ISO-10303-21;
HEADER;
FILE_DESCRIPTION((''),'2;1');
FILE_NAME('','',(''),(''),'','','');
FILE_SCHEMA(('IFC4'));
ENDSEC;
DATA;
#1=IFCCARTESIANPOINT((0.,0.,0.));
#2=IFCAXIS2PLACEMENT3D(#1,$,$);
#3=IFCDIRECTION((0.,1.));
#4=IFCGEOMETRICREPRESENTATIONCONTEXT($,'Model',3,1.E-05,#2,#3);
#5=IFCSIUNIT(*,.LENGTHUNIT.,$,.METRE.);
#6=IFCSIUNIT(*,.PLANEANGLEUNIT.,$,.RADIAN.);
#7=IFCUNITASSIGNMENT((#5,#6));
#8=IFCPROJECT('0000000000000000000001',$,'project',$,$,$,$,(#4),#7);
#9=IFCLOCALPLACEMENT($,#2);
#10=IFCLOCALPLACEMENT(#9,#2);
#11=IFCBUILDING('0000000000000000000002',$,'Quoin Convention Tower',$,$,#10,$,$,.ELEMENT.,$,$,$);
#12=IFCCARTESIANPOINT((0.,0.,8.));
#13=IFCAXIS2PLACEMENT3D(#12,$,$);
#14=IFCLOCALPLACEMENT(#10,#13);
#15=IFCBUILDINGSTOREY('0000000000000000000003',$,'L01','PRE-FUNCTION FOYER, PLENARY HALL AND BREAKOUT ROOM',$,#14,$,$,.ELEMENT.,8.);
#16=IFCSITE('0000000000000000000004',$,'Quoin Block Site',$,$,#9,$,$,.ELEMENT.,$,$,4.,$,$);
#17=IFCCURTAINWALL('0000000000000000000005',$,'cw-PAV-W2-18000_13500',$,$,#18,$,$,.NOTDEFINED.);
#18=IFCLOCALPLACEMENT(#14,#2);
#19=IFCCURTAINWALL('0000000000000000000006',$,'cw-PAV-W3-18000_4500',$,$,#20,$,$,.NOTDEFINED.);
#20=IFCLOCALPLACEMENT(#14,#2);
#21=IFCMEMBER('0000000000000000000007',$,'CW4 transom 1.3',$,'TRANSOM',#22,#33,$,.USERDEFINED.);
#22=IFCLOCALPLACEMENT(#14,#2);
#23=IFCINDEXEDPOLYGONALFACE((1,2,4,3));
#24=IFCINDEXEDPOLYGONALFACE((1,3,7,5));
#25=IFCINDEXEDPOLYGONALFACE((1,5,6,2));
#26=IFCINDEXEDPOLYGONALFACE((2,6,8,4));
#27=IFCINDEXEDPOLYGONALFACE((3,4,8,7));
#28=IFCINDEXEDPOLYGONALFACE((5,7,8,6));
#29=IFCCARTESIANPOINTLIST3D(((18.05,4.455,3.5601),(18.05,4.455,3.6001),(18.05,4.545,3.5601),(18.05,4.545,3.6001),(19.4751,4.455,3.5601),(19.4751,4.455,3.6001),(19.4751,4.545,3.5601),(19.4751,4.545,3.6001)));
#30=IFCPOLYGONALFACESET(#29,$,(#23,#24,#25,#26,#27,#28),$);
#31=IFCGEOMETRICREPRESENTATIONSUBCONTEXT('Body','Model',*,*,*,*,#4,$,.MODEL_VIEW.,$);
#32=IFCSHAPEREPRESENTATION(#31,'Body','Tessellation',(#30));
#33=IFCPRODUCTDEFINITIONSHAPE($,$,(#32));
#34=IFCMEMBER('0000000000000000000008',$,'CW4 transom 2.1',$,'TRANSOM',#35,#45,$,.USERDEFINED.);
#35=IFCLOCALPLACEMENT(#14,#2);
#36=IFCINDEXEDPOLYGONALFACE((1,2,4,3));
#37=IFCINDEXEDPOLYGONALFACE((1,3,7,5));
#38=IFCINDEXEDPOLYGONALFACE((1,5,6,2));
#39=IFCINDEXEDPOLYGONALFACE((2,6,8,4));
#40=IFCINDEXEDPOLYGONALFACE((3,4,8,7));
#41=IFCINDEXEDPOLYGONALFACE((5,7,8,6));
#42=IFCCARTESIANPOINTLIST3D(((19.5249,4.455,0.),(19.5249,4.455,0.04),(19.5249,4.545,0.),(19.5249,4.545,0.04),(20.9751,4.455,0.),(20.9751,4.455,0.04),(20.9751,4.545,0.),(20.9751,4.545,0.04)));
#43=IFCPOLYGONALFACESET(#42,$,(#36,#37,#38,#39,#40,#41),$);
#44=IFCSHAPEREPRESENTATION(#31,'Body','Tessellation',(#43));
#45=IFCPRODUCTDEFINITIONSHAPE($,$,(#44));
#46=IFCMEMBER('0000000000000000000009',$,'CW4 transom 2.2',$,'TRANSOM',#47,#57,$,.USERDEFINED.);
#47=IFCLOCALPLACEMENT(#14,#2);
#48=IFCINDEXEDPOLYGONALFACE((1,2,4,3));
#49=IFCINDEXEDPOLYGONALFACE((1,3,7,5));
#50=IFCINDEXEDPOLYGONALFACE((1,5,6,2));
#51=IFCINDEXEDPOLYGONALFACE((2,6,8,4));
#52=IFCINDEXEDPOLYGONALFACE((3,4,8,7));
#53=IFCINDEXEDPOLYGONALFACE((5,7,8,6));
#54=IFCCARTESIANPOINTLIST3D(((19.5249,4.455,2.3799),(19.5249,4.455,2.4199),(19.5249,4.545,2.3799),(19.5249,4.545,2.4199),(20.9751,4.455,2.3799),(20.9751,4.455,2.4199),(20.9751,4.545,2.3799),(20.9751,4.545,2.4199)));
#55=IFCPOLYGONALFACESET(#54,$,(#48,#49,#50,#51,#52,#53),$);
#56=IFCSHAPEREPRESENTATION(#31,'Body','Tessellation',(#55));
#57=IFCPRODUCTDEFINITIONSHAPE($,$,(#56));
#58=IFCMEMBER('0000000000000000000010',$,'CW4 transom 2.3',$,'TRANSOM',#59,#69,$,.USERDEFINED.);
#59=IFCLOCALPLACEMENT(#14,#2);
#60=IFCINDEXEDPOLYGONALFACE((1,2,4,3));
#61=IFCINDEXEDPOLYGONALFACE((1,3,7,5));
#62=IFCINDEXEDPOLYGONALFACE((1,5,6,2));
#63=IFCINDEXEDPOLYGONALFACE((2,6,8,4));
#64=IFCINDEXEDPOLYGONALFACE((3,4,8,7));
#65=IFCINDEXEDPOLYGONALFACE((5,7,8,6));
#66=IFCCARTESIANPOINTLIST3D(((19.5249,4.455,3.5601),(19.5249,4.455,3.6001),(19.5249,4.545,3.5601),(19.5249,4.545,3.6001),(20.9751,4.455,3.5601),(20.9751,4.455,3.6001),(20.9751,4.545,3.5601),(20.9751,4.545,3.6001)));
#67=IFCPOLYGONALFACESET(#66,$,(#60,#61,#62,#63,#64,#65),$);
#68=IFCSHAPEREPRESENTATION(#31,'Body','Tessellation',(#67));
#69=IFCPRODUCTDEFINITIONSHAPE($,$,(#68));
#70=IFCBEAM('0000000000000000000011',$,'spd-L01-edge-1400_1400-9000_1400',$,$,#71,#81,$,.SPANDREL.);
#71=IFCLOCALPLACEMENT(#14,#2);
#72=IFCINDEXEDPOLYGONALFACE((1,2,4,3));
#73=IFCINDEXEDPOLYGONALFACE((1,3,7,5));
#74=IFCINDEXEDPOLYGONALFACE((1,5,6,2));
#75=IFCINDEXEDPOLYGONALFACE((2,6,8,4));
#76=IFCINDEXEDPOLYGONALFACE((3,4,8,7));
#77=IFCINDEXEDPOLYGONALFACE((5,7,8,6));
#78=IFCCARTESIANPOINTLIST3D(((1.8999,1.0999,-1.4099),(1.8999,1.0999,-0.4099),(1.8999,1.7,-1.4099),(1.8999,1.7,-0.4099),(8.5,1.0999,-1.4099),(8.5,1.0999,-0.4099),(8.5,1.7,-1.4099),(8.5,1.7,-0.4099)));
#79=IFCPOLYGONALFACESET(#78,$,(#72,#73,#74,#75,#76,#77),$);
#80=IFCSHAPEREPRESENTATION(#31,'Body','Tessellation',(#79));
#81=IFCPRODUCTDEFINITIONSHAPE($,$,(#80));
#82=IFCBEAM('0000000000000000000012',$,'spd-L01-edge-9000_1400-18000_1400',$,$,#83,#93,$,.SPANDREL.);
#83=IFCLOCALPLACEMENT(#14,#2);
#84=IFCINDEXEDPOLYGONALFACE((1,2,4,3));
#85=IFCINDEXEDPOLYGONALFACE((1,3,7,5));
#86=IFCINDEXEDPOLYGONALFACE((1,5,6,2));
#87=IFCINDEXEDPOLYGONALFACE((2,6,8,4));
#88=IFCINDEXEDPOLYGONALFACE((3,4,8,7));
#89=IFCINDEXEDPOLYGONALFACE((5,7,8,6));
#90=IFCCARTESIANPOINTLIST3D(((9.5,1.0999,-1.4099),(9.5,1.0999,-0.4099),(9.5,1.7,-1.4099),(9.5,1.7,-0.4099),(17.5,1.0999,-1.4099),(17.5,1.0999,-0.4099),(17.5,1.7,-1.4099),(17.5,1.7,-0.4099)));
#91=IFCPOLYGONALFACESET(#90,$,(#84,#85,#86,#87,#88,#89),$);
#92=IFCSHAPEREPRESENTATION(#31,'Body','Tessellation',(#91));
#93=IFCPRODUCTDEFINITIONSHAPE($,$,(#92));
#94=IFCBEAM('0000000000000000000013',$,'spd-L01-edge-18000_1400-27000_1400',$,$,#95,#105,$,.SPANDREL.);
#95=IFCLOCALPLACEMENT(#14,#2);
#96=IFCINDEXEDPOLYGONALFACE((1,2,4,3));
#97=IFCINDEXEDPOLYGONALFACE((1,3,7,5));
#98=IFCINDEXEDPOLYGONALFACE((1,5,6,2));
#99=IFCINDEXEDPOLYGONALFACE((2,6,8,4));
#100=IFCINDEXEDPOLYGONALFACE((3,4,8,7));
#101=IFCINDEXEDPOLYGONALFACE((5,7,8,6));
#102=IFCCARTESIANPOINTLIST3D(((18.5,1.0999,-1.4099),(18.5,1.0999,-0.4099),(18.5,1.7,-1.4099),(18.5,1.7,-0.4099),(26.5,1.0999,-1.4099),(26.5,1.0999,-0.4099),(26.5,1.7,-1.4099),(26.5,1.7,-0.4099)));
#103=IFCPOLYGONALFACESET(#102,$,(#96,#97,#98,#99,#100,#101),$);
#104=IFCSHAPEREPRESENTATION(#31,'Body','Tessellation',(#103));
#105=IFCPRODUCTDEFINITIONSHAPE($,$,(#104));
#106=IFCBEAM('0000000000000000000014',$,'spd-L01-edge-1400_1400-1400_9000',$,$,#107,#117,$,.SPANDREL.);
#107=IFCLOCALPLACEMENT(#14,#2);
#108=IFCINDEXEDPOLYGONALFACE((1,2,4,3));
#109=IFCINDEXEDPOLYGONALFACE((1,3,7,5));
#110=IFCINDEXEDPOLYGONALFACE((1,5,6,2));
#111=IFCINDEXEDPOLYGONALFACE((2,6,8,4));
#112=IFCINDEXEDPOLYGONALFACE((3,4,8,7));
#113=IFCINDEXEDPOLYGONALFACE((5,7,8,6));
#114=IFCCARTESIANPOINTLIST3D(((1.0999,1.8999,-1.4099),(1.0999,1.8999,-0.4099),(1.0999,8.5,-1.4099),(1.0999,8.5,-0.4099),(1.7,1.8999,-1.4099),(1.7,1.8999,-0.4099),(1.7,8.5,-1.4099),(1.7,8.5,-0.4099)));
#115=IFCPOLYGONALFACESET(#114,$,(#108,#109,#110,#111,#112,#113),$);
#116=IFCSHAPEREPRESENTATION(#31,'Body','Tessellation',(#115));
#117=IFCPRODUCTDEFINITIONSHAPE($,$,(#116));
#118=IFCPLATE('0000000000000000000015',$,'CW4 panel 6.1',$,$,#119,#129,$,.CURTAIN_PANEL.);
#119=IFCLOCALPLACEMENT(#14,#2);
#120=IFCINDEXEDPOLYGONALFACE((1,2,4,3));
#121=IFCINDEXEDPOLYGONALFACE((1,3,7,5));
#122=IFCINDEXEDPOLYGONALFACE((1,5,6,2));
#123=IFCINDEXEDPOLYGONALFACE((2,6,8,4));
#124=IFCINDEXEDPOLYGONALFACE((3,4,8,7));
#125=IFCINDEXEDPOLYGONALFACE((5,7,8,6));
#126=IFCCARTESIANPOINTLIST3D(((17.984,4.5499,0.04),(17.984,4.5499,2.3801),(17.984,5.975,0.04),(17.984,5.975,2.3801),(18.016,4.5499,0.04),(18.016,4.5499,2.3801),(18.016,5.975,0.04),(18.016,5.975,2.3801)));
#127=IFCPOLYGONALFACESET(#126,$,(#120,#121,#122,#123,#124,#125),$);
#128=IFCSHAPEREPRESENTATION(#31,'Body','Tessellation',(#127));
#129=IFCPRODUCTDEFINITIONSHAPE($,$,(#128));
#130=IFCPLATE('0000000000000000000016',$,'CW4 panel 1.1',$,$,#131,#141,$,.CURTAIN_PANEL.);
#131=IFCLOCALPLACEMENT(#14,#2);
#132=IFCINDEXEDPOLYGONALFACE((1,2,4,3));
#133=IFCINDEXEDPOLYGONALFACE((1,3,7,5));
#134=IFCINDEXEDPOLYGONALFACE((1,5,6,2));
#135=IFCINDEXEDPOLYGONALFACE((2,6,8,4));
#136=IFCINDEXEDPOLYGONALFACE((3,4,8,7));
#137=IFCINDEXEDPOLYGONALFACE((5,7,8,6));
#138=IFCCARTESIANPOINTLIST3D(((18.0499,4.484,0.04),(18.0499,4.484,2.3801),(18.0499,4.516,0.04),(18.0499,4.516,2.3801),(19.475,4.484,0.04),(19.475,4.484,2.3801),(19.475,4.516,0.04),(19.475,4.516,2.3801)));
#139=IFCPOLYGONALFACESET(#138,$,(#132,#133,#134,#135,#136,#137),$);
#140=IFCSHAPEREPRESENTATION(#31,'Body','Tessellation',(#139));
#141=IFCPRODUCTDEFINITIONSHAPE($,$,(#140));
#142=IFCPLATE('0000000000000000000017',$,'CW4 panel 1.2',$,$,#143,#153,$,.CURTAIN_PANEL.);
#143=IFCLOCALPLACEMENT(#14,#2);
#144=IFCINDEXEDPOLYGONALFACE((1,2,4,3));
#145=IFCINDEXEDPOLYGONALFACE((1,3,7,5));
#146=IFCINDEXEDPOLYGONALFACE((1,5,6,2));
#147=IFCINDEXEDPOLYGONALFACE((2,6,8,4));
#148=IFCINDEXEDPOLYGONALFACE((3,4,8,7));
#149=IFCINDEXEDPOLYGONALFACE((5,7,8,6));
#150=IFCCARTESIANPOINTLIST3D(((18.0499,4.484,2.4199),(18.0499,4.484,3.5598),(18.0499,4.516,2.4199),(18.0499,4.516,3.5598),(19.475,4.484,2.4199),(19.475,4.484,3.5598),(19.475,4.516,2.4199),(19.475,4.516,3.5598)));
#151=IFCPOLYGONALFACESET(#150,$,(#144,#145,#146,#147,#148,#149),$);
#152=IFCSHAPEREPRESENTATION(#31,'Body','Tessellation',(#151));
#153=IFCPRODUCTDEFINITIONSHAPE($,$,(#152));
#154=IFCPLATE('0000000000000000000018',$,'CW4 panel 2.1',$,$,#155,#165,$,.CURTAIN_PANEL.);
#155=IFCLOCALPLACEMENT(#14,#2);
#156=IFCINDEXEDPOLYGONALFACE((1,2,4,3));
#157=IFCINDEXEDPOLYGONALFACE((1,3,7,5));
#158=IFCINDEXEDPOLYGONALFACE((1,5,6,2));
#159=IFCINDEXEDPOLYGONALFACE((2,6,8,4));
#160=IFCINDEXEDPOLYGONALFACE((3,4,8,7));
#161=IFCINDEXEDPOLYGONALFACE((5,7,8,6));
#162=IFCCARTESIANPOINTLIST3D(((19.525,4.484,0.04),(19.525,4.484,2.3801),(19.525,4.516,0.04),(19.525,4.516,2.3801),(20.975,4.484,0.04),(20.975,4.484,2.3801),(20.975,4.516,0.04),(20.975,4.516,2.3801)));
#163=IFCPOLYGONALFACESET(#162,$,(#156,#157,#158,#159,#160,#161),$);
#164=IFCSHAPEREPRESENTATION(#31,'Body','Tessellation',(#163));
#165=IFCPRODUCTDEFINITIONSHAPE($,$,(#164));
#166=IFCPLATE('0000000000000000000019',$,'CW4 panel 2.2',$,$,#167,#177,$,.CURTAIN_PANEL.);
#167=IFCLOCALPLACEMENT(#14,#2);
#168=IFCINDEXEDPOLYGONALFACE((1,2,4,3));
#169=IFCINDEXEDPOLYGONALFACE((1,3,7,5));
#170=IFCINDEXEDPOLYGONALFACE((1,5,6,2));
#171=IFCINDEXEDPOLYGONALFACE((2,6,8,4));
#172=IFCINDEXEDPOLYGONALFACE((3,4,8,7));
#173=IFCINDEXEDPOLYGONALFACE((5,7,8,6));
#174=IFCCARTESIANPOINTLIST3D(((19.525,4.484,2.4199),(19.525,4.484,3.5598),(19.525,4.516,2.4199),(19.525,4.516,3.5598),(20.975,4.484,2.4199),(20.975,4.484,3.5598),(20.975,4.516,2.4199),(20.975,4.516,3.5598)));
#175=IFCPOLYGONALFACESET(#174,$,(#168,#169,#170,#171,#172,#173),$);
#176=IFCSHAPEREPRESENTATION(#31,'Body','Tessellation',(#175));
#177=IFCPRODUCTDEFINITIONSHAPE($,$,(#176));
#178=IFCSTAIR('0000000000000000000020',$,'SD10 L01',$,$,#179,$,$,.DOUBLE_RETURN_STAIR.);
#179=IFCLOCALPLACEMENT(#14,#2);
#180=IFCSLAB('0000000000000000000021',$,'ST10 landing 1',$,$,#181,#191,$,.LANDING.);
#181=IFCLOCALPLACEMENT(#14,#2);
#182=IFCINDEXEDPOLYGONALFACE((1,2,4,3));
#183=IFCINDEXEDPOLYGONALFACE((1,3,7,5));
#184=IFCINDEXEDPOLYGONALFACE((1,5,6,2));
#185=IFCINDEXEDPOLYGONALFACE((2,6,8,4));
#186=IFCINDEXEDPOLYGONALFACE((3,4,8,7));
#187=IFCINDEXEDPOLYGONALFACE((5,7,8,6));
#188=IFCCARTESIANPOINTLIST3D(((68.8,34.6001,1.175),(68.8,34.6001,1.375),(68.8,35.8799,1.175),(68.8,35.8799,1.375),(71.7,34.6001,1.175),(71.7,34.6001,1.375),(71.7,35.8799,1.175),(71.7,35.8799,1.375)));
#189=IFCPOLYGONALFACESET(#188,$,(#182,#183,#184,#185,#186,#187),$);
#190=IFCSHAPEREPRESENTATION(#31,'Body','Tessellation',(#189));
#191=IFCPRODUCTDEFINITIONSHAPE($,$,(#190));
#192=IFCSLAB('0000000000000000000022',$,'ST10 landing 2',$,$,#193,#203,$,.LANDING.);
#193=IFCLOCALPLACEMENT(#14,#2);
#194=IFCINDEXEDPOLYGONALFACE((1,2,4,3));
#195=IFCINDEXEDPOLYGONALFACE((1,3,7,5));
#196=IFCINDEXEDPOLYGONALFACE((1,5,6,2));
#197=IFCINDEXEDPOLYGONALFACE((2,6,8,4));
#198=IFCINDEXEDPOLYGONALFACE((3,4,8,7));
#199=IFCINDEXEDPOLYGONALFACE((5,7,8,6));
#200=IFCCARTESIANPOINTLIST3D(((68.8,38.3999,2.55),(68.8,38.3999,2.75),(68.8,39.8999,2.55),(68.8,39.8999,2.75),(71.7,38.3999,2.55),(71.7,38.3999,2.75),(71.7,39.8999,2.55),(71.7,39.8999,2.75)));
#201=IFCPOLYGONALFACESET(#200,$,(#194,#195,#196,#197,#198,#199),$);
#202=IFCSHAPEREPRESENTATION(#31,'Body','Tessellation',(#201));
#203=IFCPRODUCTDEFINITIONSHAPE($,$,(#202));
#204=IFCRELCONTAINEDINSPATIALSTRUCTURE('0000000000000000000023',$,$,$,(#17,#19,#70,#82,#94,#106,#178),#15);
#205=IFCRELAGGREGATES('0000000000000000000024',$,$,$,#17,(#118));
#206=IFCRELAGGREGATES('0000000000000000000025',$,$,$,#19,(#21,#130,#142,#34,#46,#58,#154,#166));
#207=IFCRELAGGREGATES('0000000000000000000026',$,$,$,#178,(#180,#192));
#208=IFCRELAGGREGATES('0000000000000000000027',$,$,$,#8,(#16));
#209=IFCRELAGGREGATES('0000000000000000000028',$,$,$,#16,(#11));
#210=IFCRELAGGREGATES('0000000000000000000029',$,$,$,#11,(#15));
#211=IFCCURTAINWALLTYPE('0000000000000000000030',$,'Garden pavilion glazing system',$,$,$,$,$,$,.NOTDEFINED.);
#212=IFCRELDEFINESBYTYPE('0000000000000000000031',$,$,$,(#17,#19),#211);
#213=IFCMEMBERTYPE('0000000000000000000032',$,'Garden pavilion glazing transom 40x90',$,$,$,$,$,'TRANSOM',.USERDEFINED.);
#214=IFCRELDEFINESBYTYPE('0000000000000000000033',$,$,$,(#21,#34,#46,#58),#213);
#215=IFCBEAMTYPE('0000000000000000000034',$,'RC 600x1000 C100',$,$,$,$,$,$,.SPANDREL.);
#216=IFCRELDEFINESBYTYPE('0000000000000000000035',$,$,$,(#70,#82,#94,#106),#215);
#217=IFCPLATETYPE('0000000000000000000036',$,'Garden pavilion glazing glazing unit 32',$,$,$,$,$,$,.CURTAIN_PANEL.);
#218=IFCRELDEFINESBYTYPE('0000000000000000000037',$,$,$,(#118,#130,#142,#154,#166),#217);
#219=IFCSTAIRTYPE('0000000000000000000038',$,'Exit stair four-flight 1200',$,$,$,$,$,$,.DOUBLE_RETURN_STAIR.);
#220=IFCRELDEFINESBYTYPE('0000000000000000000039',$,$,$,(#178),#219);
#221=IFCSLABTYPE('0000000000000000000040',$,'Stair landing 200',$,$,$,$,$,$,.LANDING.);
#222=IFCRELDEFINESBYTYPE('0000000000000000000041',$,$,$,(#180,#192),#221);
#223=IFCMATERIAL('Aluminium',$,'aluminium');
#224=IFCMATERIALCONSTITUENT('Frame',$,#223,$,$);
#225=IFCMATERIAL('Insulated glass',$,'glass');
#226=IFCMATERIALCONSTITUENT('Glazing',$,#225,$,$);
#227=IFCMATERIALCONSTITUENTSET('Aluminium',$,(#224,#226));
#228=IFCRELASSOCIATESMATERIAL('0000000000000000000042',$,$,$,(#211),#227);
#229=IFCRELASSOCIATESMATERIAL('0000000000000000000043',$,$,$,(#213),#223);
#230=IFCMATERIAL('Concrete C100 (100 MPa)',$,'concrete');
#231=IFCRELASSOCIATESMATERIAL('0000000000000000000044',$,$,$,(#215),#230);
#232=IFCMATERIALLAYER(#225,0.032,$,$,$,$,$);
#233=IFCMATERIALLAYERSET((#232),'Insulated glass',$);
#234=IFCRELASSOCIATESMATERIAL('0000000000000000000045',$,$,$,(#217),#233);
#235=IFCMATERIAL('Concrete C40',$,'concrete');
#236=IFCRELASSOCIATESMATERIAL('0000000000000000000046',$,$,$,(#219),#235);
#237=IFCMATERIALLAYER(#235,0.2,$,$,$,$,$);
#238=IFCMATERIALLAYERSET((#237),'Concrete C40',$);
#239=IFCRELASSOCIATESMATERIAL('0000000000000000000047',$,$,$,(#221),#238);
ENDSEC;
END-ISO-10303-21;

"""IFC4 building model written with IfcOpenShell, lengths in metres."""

from ifc_helpers import new_model, si_unit, direction, frame, origin, origin_2d, place, context, subcontext, project, spatial, polyline, rectangle, outline, extrude, material, layer, layer_set, constituent, constituent_set, material_profile, profile_set, type_object, element, aggregate, save


model = new_model("IFC4")

# Units and contexts
model_context = context("Model", 3, precision=1e-05, world=origin(), true_north=direction((0.0, 1.0)))
body_context = subcontext(model_context, "Body", "Model", "MODEL_VIEW")
ifc_project = project(units=[si_unit("LENGTHUNIT", "METRE"), si_unit("PLANEANGLEUNIT", "RADIAN")], contexts=[model_context])

# Site, building, storey
site_placement = place(None, origin())
site = spatial("IfcSite", under=ifc_project, at=site_placement, Name="Quoin Block Site", CompositionType="ELEMENT", RefElevation=4.0)
building_placement = place(site_placement, origin())
building = spatial("IfcBuilding", under=site, at=building_placement, Name="Quoin Convention Tower", CompositionType="ELEMENT")
storey_placement = place(building_placement, frame((0.0, 0.0, 8.0)))
storey = spatial("IfcBuildingStorey", under=building, at=storey_placement, Name="L01", Description="PRE-FUNCTION FOYER, PLENARY HALL AND BREAKOUT ROOM", CompositionType="ELEMENT", Elevation=8.0)

# Curtain wall
ifc_material_1 = material(Name="Aluminium", Category="aluminium")
ifc_constituent_1 = constituent(ifc_material_1, Name="Frame")
ifc_material_2 = material(Name="Insulated glass", Category="glass")
ifc_constituent_2 = constituent(ifc_material_2, Name="Glazing")
ifc_constituent_set = constituent_set(constituents=[ifc_constituent_1, ifc_constituent_2], Name="Aluminium")
curtain_wall_type = type_object("IfcCurtainWallType", Name="Garden pavilion glazing system", PredefinedType="NOTDEFINED", material=ifc_constituent_set)
curtain_wall_1_placement = place(storey_placement, origin())
curtain_wall_1 = element("IfcCurtainWall", 1, at=curtain_wall_1_placement, inside=storey, type_object=curtain_wall_type, Name="cw-PAV-W2-18000_13500", PredefinedType="NOTDEFINED")

# Curtain wall, members
curtain_wall_2_placement = place(storey_placement, origin())
curtain_wall_2 = element("IfcCurtainWall", 2, at=curtain_wall_2_placement, inside=storey, type_object=curtain_wall_type, Name="cw-PAV-W3-18000_4500", PredefinedType="NOTDEFINED")
ifc_material_profile_1 = material_profile(ifc_material_1, rectangle(XDim=0.0901, YDim=0.04, at=origin_2d()), Name="Garden pavilion glazing transom 40x90")
ifc_profile_set_1 = profile_set([ifc_material_profile_1], Name="Aluminium")
member_type_1 = type_object("IfcMemberType", Name="Garden pavilion glazing transom 40x90", ElementType="TRANSOM", PredefinedType="USERDEFINED", material=ifc_profile_set_1)
member_1_placement = place(storey_placement, frame((18.05, 4.5, 3.5801), z_axis=(1.0, 0.0, 0.0), x_axis=(0.0, 1.0, 0.0)))
member_1 = element("IfcMember", 3, at=member_1_placement, type_object=member_type_1, Name="CW4 transom 1.3", ObjectType="TRANSOM", PredefinedType="USERDEFINED", context=body_context, shape_type="SweptSolid", body=[
    extrude(rectangle(XDim=0.0901, YDim=0.04, at=origin_2d()), origin(), (0.0, 0.0, 1.0), 1.425),
])
member_2_placement = place(storey_placement, frame((19.5249, 4.5, 0.02), z_axis=(1.0, 0.0, 0.0), x_axis=(0.0, 1.0, 0.0)))
member_2 = element("IfcMember", 4, at=member_2_placement, type_object=member_type_1, Name="CW4 transom 2.1", ObjectType="TRANSOM", PredefinedType="USERDEFINED", context=body_context, shape_type="SweptSolid", body=[
    extrude(rectangle(XDim=0.0901, YDim=0.04, at=origin_2d()), origin(), (0.0, 0.0, 1.0), 1.4502),
])
member_3_placement = place(storey_placement, frame((19.5249, 4.5, 2.3999), z_axis=(1.0, 0.0, 0.0), x_axis=(0.0, 1.0, 0.0)))
member_3 = element("IfcMember", 5, at=member_3_placement, type_object=member_type_1, Name="CW4 transom 2.2", ObjectType="TRANSOM", PredefinedType="USERDEFINED", context=body_context, shape_type="SweptSolid", body=[
    extrude(rectangle(XDim=0.0901, YDim=0.04, at=origin_2d()), origin(), (0.0, 0.0, 1.0), 1.4502),
])
member_4_placement = place(storey_placement, frame((19.5249, 4.5, 3.5801), z_axis=(1.0, 0.0, 0.0), x_axis=(0.0, 1.0, 0.0)))
member_4 = element("IfcMember", 6, at=member_4_placement, type_object=member_type_1, Name="CW4 transom 2.3", ObjectType="TRANSOM", PredefinedType="USERDEFINED", context=body_context, shape_type="SweptSolid", body=[
    extrude(rectangle(XDim=0.0901, YDim=0.04, at=origin_2d()), origin(), (0.0, 0.0, 1.0), 1.4502),
])

# Beams
ifc_material_3 = material(Name="Concrete C100 (100 MPa)", Category="concrete")
ifc_material_profile_2 = material_profile(ifc_material_3, rectangle(XDim=0.6001, YDim=1.0, at=origin_2d()), Name="RC 600x1000")
ifc_profile_set_2 = profile_set([ifc_material_profile_2], Name="Concrete C100 (100 MPa)")
beam_type_1 = type_object("IfcBeamType", Name="RC 600x1000 C100", PredefinedType="SPANDREL", material=ifc_profile_set_2)
beam_1_placement = place(storey_placement, frame((1.8999, 1.3999, -0.9099), z_axis=(1.0, 0.0, 0.0), x_axis=(0.0, 1.0, 0.0)))
element("IfcBeam", 7, at=beam_1_placement, inside=storey, type_object=beam_type_1, Name="spd-L01-edge-1400_1400-9000_1400", PredefinedType="SPANDREL", context=body_context, shape_type="SweptSolid", body=[
    extrude(rectangle(XDim=0.6001, YDim=1.0, at=origin_2d()), origin(), (0.0, 0.0, 1.0), 6.6001),
])
for number, where, z_axis, x_axis, name in (
    (8, (9.5, 1.3999, -0.9099), (1.0, 0.0, 0.0), (0.0, 1.0, 0.0), "spd-L01-edge-9000_1400-18000_1400"),
    (9, (18.5, 1.3999, -0.9099), (1.0, 0.0, 0.0), (0.0, 1.0, 0.0), "spd-L01-edge-18000_1400-27000_1400"),
):
    element("IfcBeam", number, at=place(storey_placement, frame(where, z_axis=z_axis, x_axis=x_axis)), inside=storey, type_object=beam_type_1, Name=name, PredefinedType="SPANDREL", context=body_context, shape_type="SweptSolid", body=[
        extrude(rectangle(XDim=0.6001, YDim=1.0, at=origin_2d()), origin(), (0.0, 0.0, 1.0), 8.0),
    ])
beam_2_placement = place(storey_placement, frame((1.3999, 1.8999, -0.9099), z_axis=(0.0, 1.0, 0.0), x_axis=(-1.0, 0.0, 0.0)))
element("IfcBeam", 10, at=beam_2_placement, inside=storey, type_object=beam_type_1, Name="spd-L01-edge-1400_1400-1400_9000", PredefinedType="SPANDREL", context=body_context, shape_type="SweptSolid", body=[
    extrude(rectangle(XDim=0.6001, YDim=1.0, at=origin_2d()), origin(), (0.0, 0.0, 1.0), 6.6001),
])

# Plates
ifc_layer_1 = layer(ifc_material_2, 0.032)
ifc_layer_set_1 = layer_set([ifc_layer_1], Name="Insulated glass")
plate_type = type_object("IfcPlateType", Name="Garden pavilion glazing glazing unit 32", PredefinedType="CURTAIN_PANEL", material=ifc_layer_set_1)
plate_1_placement = place(storey_placement, frame((18.0, 5.2625, 0.04), z_axis=(0.0, 0.0, 1.0), x_axis=(0.0, -1.0, 0.0)))
plate_1 = element("IfcPlate", 11, at=plate_1_placement, type_object=plate_type, Name="CW4 panel 6.1", PredefinedType="CURTAIN_PANEL", context=body_context, shape_type="SweptSolid", body=[
    extrude(rectangle(XDim=1.425, YDim=0.032, at=origin_2d()), origin(), (0.0, 0.0, 1.0), 2.3401),
])
aggregate(curtain_wall_1, [plate_1])
plate_2_placement = place(storey_placement, frame((18.7625, 4.5, 0.04), z_axis=(0.0, 0.0, 1.0), x_axis=(1.0, 0.0, 0.0)))
plate_2 = element("IfcPlate", 12, at=plate_2_placement, type_object=plate_type, Name="CW4 panel 1.1", PredefinedType="CURTAIN_PANEL", context=body_context, shape_type="SweptSolid", body=[
    extrude(rectangle(XDim=1.425, YDim=0.032, at=origin_2d()), origin(), (0.0, 0.0, 1.0), 2.3401),
])
plate_3_placement = place(storey_placement, frame((18.7625, 4.5, 2.4199), z_axis=(0.0, 0.0, 1.0), x_axis=(1.0, 0.0, 0.0)))
plate_3 = element("IfcPlate", 13, at=plate_3_placement, type_object=plate_type, Name="CW4 panel 1.2", PredefinedType="CURTAIN_PANEL", context=body_context, shape_type="SweptSolid", body=[
    extrude(rectangle(XDim=1.425, YDim=0.032, at=origin_2d()), origin(), (0.0, 0.0, 1.0), 1.1399),
])
plate_4_placement = place(storey_placement, frame((20.25, 4.5, 0.04), z_axis=(0.0, 0.0, 1.0), x_axis=(1.0, 0.0, 0.0)))
plate_4 = element("IfcPlate", 14, at=plate_4_placement, type_object=plate_type, Name="CW4 panel 2.1", PredefinedType="CURTAIN_PANEL", context=body_context, shape_type="SweptSolid", body=[
    extrude(rectangle(XDim=1.45, YDim=0.032, at=origin_2d()), origin(), (0.0, 0.0, 1.0), 2.3401),
])
plate_5_placement = place(storey_placement, frame((20.25, 4.5, 2.4199), z_axis=(0.0, 0.0, 1.0), x_axis=(1.0, 0.0, 0.0)))
plate_5 = element("IfcPlate", 15, at=plate_5_placement, type_object=plate_type, Name="CW4 panel 2.2", PredefinedType="CURTAIN_PANEL", context=body_context, shape_type="SweptSolid", body=[
    extrude(rectangle(XDim=1.45, YDim=0.032, at=origin_2d()), origin(), (0.0, 0.0, 1.0), 1.1399),
])
aggregate(curtain_wall_2, [member_1, plate_2, plate_3, member_2, member_3, member_4, plate_4, plate_5])

# Stair, slabs
ifc_material_4 = material(Name="Concrete C40", Category="concrete")
stair_type_1 = type_object("IfcStairType", Name="Exit stair four-flight 1200", PredefinedType="DOUBLE_RETURN_STAIR", material=ifc_material_4)
stair_1_placement = place(storey_placement, origin())
stair_1 = element("IfcStair", 16, at=stair_1_placement, inside=storey, type_object=stair_type_1, Name="SD10 L01", PredefinedType="DOUBLE_RETURN_STAIR")
ifc_layer_2 = layer(ifc_material_4, 0.2)
ifc_layer_set_2 = layer_set([ifc_layer_2], Name="Concrete C40")
slab_type = type_object("IfcSlabType", Name="Stair landing 200", PredefinedType="LANDING", material=ifc_layer_set_2)
slab_1_placement = place(storey_placement, frame((0.0, 0.0, 1.175)))
slab_1 = element("IfcSlab", 17, at=slab_1_placement, type_object=slab_type, Name="ST10 landing 1", PredefinedType="LANDING", context=body_context, shape_type="SweptSolid", body=[
    extrude(outline(polyline([(71.7, 35.8799), (68.8, 35.8799), (68.8, 34.6001), (71.7, 34.6001), (71.7, 35.8799)])), origin(), (0.0, 0.0, 1.0), 0.2),
])
slab_2_placement = place(storey_placement, frame((0.0, 0.0, 2.55)))
slab_2 = element("IfcSlab", 18, at=slab_2_placement, type_object=slab_type, Name="ST10 landing 2", PredefinedType="LANDING", context=body_context, shape_type="SweptSolid", body=[
    extrude(outline(polyline([(71.7, 39.8999), (68.8, 39.8999), (68.8, 38.3999), (71.7, 38.3999), (71.7, 39.8999)])), origin(), (0.0, 0.0, 1.0), 0.2),
])
aggregate(stair_1, [slab_1, slab_2])

save(model, "model.ifc")
